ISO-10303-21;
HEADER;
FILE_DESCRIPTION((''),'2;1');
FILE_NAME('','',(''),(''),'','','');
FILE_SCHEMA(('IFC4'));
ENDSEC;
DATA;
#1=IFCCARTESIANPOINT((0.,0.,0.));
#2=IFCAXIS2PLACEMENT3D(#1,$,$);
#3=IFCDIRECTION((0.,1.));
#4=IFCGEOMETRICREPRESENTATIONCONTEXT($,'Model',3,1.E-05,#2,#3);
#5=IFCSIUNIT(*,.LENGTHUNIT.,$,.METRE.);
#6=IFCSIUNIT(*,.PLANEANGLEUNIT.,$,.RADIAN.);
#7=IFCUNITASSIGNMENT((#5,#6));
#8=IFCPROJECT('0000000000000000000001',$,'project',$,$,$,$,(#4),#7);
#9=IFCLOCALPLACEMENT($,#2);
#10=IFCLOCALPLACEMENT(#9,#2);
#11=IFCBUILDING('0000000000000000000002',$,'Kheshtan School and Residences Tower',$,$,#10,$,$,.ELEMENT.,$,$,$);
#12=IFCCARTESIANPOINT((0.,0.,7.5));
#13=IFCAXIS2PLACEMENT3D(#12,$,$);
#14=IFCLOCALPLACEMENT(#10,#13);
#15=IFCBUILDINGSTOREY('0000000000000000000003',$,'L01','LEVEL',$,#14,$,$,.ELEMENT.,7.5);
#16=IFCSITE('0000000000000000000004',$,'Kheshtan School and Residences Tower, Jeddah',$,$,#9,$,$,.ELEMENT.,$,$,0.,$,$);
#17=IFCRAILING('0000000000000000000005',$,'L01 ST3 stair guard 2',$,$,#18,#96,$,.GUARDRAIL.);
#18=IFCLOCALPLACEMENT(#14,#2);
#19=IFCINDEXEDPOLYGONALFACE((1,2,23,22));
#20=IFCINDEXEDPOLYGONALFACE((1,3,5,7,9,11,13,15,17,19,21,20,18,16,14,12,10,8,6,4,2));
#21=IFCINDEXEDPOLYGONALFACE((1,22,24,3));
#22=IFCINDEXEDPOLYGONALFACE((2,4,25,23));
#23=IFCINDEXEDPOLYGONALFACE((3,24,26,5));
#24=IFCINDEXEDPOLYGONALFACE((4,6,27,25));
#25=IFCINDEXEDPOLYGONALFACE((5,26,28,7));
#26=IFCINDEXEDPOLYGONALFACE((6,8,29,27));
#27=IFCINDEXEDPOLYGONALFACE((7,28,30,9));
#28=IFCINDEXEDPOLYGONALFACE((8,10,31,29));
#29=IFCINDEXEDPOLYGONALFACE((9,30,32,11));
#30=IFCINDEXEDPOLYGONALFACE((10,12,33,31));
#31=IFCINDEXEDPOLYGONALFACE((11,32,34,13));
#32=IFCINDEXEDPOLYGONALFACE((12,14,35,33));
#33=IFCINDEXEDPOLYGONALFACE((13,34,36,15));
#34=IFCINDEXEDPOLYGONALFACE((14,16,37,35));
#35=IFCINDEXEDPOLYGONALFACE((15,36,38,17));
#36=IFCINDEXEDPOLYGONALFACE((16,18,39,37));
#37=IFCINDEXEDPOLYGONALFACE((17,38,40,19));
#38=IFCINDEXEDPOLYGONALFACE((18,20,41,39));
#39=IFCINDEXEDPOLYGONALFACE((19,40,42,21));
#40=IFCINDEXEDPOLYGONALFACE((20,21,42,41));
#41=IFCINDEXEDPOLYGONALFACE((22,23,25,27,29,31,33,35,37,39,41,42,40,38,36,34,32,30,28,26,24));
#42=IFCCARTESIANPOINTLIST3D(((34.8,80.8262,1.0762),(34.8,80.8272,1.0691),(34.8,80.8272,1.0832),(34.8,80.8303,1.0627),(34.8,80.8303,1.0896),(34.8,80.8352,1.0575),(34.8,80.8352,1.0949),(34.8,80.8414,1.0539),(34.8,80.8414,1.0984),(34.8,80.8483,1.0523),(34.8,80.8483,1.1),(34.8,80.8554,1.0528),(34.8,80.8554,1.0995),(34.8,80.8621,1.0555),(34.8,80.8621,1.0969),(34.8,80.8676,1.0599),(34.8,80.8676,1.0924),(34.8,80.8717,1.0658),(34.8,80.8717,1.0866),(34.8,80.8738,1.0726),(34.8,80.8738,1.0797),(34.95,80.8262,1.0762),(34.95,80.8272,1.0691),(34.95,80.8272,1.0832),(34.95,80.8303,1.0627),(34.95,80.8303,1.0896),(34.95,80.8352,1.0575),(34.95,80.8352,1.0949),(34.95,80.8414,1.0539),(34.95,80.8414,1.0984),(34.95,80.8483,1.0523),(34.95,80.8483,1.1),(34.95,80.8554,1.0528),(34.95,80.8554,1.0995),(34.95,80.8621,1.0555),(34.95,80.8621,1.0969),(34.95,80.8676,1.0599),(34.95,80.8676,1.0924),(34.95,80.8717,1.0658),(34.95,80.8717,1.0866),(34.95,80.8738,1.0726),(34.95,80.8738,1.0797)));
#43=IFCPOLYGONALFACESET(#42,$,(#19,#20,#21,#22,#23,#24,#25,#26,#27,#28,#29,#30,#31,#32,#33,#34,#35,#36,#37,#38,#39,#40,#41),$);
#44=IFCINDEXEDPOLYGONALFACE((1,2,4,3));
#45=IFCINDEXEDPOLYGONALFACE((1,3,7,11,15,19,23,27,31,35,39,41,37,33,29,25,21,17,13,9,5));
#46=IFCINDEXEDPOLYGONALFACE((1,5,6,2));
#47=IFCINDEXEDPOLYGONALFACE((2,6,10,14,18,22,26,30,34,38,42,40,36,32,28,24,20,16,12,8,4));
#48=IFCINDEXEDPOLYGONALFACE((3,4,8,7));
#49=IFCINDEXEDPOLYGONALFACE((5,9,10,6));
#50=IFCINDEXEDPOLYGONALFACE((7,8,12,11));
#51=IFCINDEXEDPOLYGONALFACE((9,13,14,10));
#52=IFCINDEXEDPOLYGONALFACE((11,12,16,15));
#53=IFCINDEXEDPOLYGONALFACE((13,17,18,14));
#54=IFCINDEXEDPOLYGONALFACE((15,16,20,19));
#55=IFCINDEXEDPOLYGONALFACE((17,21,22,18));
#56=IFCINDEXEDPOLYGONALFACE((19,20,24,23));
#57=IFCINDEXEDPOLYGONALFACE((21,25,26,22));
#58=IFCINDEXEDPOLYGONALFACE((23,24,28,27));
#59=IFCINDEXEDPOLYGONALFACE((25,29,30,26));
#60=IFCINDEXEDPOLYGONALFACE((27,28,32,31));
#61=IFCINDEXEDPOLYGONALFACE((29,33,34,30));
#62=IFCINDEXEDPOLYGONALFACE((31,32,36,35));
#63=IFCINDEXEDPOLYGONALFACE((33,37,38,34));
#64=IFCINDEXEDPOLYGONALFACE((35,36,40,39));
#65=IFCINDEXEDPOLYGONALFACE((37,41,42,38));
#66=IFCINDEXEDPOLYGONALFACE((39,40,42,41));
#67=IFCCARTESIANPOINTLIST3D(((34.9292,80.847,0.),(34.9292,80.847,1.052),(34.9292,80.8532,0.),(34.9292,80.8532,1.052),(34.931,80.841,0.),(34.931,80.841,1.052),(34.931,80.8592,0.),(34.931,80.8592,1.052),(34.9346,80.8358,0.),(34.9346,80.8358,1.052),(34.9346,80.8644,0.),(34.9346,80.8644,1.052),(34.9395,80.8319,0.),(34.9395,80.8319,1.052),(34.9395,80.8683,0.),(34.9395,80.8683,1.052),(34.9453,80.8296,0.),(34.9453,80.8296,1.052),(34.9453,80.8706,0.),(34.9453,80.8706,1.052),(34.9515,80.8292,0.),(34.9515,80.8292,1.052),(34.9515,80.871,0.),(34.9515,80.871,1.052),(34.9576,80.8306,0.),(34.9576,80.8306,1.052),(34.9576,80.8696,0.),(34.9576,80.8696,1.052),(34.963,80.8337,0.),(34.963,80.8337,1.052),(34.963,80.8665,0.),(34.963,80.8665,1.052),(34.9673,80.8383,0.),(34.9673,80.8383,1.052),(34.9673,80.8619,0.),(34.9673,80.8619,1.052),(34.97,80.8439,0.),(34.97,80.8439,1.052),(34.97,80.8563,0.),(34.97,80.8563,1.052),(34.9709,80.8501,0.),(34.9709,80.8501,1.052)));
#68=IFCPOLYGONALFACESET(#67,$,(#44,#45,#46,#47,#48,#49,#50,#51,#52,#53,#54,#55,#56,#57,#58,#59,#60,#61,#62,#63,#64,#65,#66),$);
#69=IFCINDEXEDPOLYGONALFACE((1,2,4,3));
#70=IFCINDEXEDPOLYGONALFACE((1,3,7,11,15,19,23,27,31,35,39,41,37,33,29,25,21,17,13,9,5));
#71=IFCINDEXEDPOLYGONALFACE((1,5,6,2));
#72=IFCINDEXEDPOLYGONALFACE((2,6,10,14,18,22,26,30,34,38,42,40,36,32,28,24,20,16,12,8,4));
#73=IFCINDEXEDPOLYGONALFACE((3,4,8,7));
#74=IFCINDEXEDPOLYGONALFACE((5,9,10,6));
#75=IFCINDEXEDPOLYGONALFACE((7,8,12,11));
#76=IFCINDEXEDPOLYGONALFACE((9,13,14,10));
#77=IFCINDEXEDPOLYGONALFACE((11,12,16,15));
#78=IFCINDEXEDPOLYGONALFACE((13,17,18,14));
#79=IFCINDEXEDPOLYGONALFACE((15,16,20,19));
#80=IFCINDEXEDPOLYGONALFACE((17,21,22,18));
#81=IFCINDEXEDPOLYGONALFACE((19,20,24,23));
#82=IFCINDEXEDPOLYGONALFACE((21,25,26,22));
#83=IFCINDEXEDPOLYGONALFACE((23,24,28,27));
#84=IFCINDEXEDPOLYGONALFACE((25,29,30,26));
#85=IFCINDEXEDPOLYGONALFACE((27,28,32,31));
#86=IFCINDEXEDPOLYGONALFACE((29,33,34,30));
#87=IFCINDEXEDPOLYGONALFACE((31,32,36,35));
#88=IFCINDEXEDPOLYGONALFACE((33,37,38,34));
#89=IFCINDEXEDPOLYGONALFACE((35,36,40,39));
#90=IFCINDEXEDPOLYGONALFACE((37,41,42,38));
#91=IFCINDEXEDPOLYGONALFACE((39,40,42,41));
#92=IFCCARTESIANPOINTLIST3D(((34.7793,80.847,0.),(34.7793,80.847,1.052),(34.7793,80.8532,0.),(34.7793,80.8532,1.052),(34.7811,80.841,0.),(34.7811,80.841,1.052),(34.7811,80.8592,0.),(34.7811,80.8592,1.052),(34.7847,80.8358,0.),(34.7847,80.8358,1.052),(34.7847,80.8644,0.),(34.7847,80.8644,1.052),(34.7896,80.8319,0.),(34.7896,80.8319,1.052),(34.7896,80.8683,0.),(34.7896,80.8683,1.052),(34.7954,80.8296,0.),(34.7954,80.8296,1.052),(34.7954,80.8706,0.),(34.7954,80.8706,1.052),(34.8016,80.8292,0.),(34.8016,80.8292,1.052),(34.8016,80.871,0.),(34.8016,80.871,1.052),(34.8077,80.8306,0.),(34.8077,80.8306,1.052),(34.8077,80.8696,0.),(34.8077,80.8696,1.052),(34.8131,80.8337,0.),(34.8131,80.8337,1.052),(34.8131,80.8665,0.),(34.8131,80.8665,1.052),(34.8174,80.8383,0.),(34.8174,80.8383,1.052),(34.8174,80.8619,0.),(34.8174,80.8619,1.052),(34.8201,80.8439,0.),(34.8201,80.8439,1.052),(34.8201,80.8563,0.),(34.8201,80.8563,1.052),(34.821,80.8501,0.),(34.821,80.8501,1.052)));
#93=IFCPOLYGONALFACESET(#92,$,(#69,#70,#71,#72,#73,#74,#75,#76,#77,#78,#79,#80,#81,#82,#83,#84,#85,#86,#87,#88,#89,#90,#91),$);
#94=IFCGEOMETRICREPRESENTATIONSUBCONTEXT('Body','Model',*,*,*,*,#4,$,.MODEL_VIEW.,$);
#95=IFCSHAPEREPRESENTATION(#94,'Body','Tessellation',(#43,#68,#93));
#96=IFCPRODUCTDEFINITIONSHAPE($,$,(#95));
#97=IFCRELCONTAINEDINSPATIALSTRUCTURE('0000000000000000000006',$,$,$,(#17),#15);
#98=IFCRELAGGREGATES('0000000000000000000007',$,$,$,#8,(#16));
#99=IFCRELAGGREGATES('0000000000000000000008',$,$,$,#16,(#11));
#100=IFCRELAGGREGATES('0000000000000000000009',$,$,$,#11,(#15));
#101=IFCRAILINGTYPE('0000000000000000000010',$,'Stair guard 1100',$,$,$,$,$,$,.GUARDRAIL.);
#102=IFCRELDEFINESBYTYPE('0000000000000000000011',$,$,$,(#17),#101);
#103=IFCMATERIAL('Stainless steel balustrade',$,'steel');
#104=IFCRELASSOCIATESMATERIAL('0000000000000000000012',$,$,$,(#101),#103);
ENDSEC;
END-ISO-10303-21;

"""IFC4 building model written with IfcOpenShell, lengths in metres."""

from ifc_helpers import new_model, si_unit, direction, frame, origin, origin_2d, place, context, subcontext, project, spatial, circle, extrude, material, type_object, element, save


model = new_model("IFC4")

# Units and contexts
model_context = context("Model", 3, precision=1e-05, world=origin(), true_north=direction((0.0, 1.0)))
body_context = subcontext(model_context, "Body", "Model", "MODEL_VIEW")
ifc_project = project(units=[si_unit("LENGTHUNIT", "METRE"), si_unit("PLANEANGLEUNIT", "RADIAN")], contexts=[model_context])

# Site, building, storey
site_placement = place(None, origin())
site = spatial("IfcSite", under=ifc_project, at=site_placement, Name="Kheshtan School and Residences Tower, Jeddah", CompositionType="ELEMENT", RefElevation=0.0)
building_placement = place(site_placement, origin())
building = spatial("IfcBuilding", under=site, at=building_placement, Name="Kheshtan School and Residences Tower", CompositionType="ELEMENT")
storey_placement = place(building_placement, frame((0.0, 0.0, 7.5)))
storey = spatial("IfcBuildingStorey", under=building, at=storey_placement, Name="L01", Description="LEVEL", CompositionType="ELEMENT", Elevation=7.5)

# Railing
ifc_material_1 = material(Name="Stainless steel balustrade", Category="steel")
railing_type_1 = type_object("IfcRailingType", Name="Stair guard 1100", PredefinedType="GUARDRAIL", material=ifc_material_1)
railing_1_placement = place(storey_placement, frame((34.95, 80.8501, 0.0)))
element("IfcRailing", 1, at=railing_1_placement, inside=storey, type_object=railing_type_1, Name="L01 ST3 stair guard 2", PredefinedType="GUARDRAIL", context=body_context, shape_type="SweptSolid", body=[
    extrude(circle(Radius=0.0239, at=origin_2d()), frame((0.0, 0.0, 1.0762), z_axis=(-1.0, 0.0, 0.0), x_axis=(0.0, -1.0, 0.0)), (0.0, 0.0, 1.0), 0.1499),
    extrude(circle(Radius=0.021, at=origin_2d()), origin(), (0.0, 0.0, 1.0), 1.052),
    extrude(circle(Radius=0.021, at=origin_2d()), frame((-0.1499, 0.0, 0.0)), (0.0, 0.0, 1.0), 1.052),
])

save(model, "model.ifc")
